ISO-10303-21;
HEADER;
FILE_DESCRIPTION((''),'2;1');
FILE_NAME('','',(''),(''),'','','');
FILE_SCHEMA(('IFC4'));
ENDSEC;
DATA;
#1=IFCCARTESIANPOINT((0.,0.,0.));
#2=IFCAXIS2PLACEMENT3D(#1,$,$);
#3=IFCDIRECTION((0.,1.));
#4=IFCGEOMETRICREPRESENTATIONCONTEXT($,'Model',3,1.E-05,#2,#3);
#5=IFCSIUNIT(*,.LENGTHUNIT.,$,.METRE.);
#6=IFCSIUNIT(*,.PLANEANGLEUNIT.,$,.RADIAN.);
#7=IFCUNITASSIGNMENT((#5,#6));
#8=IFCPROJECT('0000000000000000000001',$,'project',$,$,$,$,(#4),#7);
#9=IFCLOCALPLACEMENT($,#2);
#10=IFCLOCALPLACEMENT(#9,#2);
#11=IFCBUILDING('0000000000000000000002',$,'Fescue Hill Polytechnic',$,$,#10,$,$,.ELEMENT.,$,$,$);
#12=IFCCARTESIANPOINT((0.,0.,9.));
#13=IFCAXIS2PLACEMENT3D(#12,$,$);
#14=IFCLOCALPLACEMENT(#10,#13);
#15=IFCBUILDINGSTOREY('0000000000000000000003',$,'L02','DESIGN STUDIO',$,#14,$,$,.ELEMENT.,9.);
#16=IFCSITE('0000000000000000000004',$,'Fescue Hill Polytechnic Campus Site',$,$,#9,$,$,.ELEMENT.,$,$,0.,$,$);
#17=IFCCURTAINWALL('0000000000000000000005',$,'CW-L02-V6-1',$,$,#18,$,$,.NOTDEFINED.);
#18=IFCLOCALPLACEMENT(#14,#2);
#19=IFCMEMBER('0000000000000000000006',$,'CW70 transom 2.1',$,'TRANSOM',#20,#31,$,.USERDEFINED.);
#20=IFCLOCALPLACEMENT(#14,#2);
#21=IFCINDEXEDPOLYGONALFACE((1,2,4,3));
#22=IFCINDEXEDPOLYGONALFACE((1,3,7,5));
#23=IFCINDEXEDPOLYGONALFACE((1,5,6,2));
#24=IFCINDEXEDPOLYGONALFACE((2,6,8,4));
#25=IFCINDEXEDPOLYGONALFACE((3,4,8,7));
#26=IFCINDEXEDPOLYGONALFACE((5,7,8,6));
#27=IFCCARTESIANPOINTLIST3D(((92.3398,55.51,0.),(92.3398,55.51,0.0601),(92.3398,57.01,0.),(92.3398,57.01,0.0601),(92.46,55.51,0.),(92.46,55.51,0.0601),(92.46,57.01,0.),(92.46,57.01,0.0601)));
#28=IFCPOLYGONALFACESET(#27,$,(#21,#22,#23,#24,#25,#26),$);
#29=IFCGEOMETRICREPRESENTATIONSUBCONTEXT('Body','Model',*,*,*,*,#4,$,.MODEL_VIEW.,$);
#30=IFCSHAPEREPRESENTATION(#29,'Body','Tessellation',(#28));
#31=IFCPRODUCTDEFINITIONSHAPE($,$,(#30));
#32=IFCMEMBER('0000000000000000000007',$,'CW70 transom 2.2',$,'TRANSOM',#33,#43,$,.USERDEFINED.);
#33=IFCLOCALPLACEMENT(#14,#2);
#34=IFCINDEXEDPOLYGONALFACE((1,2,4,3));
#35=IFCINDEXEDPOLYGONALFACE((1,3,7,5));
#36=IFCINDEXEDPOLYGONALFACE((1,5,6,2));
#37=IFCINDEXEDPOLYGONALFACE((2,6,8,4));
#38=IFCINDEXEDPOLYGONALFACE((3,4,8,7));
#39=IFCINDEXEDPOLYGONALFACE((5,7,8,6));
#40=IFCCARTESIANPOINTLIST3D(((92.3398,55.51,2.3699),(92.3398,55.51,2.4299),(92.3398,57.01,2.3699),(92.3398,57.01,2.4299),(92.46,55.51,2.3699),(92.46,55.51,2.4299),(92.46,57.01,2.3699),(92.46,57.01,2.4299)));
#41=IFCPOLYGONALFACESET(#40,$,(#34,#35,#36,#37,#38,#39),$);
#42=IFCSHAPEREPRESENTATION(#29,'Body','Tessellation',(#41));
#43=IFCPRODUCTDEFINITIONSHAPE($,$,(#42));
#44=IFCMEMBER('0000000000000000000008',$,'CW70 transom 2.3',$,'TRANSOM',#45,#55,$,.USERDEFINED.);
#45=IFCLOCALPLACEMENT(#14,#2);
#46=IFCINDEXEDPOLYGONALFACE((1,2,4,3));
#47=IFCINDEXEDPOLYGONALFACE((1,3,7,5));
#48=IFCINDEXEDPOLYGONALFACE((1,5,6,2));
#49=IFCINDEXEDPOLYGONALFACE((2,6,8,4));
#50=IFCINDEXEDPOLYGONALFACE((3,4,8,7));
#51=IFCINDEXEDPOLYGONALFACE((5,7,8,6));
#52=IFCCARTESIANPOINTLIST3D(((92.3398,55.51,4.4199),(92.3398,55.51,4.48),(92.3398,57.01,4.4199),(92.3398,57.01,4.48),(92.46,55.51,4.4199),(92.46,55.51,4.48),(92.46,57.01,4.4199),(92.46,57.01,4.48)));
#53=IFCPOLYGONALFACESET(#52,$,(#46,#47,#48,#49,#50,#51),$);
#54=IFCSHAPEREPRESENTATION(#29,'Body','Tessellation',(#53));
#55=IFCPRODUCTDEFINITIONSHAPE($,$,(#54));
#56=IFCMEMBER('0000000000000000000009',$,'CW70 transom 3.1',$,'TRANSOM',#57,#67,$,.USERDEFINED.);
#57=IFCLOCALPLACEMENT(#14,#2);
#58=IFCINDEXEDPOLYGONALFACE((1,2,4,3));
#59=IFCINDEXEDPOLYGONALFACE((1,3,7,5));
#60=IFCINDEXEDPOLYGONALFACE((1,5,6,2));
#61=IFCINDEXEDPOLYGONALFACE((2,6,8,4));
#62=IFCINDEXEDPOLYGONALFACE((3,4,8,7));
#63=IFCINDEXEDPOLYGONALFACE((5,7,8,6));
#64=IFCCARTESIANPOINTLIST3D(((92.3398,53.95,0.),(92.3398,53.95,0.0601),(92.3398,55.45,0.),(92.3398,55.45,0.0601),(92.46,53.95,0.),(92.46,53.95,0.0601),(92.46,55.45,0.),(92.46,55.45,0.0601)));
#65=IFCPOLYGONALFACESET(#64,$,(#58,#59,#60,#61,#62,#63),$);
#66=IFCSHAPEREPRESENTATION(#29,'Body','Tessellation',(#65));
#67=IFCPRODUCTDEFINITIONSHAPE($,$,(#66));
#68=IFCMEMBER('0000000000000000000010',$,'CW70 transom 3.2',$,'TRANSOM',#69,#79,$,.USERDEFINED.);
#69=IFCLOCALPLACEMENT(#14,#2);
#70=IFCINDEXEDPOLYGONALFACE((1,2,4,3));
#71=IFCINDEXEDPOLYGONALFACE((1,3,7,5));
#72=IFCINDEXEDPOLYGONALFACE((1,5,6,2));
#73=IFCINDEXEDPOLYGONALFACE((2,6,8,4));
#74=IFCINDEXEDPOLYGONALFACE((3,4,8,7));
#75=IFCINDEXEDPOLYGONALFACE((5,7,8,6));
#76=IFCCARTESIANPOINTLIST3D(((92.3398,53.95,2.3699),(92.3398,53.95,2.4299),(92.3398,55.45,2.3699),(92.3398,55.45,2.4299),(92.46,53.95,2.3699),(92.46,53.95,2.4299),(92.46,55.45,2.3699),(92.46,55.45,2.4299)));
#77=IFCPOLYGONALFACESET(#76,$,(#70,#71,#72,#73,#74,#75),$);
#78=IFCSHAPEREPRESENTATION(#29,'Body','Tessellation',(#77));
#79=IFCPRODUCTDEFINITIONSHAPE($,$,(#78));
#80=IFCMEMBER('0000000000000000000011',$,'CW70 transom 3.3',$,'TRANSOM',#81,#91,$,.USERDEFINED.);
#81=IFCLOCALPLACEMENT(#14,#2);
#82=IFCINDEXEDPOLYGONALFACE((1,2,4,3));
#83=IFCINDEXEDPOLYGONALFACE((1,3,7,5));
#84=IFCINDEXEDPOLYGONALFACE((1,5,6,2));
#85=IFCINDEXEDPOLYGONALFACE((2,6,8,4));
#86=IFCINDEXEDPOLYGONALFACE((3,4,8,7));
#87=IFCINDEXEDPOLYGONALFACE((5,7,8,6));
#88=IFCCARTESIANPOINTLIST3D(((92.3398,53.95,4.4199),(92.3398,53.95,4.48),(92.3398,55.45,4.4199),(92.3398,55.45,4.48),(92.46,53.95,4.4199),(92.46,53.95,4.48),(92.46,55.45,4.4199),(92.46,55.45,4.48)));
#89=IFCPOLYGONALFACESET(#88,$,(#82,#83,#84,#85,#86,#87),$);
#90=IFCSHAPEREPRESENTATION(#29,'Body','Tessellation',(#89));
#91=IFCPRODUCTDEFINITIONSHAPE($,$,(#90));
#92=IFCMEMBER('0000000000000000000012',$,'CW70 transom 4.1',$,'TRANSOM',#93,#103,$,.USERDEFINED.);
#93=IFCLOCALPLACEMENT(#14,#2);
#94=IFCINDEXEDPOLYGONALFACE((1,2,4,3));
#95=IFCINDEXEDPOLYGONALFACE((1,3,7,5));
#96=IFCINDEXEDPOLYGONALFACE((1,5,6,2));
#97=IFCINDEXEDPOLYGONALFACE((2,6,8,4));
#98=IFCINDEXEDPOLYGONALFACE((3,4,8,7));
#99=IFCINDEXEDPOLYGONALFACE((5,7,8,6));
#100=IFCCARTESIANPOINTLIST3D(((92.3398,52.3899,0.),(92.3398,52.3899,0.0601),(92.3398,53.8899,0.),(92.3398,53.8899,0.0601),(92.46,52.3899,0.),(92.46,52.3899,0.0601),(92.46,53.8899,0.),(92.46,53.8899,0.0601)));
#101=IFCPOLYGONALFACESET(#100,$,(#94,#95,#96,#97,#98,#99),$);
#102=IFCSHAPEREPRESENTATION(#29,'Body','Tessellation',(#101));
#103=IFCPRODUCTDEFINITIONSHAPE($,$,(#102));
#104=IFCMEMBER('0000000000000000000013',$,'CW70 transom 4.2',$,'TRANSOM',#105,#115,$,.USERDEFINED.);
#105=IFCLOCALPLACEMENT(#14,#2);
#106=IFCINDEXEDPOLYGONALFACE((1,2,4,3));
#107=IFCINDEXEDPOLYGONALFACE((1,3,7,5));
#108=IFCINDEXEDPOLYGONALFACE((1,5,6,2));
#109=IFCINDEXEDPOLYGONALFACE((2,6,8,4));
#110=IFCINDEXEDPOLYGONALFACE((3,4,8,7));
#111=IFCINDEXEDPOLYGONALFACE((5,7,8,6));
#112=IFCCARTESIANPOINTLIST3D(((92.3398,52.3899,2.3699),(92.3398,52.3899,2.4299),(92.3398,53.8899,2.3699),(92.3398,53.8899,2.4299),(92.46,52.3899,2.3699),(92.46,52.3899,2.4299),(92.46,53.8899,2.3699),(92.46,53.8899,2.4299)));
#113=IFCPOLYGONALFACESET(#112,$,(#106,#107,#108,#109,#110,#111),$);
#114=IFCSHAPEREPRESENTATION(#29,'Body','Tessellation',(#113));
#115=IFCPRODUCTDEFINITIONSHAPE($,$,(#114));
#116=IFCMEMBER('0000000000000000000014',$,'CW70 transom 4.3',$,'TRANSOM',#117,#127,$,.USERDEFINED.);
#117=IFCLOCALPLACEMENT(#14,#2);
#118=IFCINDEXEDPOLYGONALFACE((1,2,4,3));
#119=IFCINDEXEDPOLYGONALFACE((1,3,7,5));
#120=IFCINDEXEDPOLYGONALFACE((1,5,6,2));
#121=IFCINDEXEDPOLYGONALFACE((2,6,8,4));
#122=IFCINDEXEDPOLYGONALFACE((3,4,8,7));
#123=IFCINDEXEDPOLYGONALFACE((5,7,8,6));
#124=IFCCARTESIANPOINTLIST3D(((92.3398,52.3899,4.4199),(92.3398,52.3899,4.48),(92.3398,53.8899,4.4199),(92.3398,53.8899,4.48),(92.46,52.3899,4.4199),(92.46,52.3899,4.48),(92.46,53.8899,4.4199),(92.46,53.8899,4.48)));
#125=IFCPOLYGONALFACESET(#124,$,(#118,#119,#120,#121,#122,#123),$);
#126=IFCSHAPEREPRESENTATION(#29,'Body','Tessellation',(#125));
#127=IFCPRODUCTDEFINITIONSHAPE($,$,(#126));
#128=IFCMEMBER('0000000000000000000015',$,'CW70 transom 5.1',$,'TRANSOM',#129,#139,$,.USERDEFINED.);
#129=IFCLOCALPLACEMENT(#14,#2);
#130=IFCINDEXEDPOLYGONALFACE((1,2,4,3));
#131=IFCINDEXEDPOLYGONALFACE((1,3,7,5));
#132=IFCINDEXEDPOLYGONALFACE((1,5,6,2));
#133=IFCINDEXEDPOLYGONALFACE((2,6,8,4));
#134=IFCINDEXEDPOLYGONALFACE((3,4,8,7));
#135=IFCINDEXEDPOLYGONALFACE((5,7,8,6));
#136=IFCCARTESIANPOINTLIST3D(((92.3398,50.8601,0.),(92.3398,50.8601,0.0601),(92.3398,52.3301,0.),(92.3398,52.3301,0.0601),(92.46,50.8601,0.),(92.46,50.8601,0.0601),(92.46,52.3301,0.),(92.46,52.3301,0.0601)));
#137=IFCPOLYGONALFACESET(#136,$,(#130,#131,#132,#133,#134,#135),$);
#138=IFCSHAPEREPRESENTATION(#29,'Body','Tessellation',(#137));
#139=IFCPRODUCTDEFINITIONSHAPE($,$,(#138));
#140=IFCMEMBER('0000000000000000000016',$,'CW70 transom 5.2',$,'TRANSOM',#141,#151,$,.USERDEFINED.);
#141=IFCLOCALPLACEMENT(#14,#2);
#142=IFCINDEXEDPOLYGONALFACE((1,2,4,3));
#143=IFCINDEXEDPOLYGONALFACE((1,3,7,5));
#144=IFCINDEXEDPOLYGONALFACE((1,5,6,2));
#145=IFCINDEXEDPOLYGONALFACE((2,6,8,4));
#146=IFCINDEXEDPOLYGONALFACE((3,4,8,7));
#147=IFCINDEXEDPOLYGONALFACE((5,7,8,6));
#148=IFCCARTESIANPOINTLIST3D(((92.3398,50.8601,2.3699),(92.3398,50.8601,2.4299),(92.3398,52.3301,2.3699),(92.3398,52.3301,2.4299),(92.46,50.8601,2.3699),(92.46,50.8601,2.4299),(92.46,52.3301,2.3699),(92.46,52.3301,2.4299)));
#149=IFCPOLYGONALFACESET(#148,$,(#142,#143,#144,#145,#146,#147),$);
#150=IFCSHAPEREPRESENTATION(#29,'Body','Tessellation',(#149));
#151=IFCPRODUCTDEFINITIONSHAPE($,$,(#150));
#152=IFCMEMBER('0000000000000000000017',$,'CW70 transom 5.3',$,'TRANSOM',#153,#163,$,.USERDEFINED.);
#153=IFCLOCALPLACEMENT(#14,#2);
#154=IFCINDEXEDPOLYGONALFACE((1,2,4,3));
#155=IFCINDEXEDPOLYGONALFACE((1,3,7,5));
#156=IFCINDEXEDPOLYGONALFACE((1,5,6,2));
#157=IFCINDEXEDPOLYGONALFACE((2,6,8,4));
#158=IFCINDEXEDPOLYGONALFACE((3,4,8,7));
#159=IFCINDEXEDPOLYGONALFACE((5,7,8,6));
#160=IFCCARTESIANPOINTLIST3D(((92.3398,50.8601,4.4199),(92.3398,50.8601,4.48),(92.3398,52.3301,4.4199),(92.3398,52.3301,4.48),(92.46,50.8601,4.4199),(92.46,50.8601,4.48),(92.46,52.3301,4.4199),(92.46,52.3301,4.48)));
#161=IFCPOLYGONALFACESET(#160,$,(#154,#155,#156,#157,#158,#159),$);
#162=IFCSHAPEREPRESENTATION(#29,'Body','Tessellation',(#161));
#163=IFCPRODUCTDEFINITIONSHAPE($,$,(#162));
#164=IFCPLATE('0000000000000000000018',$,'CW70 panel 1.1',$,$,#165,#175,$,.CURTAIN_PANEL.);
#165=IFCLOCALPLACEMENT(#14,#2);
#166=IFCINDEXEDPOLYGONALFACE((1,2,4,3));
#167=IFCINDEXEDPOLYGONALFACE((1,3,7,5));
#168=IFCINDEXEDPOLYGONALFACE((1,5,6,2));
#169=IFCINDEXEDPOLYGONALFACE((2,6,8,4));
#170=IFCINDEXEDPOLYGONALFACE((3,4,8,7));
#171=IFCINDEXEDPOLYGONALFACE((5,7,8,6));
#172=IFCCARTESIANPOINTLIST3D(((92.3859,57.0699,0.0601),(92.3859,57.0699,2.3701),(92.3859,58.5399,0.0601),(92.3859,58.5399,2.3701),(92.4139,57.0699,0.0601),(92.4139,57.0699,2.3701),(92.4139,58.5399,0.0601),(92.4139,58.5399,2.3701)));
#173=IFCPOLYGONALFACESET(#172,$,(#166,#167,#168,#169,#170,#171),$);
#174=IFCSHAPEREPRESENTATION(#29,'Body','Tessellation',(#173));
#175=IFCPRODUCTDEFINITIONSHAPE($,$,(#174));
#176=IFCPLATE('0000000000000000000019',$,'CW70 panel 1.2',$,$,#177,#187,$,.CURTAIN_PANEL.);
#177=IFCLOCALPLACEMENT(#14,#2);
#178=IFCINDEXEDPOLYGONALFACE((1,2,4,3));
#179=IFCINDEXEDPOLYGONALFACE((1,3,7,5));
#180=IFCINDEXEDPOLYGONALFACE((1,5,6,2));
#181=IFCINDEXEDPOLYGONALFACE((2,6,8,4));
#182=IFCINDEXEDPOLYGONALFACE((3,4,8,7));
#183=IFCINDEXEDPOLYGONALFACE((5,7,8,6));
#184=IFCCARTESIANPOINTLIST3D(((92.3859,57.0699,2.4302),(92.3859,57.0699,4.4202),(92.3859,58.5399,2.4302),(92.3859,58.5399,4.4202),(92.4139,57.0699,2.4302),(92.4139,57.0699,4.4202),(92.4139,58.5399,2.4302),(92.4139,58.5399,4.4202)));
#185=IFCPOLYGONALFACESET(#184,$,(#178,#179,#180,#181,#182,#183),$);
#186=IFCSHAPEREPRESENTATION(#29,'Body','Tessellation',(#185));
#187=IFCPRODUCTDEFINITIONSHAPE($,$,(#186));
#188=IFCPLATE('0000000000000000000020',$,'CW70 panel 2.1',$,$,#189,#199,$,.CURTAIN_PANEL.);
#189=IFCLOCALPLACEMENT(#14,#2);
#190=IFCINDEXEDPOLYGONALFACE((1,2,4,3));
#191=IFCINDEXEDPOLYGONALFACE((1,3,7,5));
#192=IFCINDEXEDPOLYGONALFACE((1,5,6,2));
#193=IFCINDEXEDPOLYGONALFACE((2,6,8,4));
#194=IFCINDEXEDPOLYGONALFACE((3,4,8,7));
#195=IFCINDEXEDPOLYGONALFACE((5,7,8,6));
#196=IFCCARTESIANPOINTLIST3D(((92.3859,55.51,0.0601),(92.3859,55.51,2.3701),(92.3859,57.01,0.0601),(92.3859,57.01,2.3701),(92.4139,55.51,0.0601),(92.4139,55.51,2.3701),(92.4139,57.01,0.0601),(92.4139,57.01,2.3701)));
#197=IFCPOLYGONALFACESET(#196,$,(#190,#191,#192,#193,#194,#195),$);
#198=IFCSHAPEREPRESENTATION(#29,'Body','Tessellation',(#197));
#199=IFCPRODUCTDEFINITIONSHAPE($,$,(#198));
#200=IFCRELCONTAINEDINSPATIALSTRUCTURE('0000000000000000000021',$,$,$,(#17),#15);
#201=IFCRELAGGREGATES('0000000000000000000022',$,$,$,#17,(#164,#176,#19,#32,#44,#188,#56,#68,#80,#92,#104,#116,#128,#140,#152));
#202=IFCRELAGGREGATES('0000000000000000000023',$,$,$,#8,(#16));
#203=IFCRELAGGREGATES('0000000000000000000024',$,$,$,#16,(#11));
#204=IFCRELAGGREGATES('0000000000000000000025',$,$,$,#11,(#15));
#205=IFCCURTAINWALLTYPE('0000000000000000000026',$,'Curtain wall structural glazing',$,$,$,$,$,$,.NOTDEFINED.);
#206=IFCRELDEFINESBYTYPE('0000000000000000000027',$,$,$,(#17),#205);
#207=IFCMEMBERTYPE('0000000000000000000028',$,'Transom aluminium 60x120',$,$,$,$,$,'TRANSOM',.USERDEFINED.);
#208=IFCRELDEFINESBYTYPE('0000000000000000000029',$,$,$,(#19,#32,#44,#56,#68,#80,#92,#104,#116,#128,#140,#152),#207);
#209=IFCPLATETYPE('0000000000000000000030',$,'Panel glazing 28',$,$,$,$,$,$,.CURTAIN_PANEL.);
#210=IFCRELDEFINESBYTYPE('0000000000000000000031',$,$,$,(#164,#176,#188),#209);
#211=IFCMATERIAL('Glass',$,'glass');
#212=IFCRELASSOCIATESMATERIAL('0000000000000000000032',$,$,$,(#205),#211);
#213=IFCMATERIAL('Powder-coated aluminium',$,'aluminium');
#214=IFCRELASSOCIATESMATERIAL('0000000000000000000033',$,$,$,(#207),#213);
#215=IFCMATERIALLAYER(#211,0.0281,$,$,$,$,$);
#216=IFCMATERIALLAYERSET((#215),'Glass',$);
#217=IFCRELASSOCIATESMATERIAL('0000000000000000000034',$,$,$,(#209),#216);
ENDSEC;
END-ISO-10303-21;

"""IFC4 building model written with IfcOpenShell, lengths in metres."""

from ifc_helpers import new_model, si_unit, direction, frame, origin, origin_2d, place, context, subcontext, project, spatial, rectangle, extrude, material, layer, layer_set, material_profile, profile_set, type_object, element, aggregate, save


model = new_model("IFC4")

# Units and contexts
model_context = context("Model", 3, precision=1e-05, world=origin(), true_north=direction((0.0, 1.0)))
body_context = subcontext(model_context, "Body", "Model", "MODEL_VIEW")
ifc_project = project(units=[si_unit("LENGTHUNIT", "METRE"), si_unit("PLANEANGLEUNIT", "RADIAN")], contexts=[model_context])

# Site, building, storey
site_placement = place(None, origin())
site = spatial("IfcSite", under=ifc_project, at=site_placement, Name="Fescue Hill Polytechnic Campus Site", CompositionType="ELEMENT", RefElevation=0.0)
building_placement = place(site_placement, origin())
building = spatial("IfcBuilding", under=site, at=building_placement, Name="Fescue Hill Polytechnic", CompositionType="ELEMENT")
storey_placement = place(building_placement, frame((0.0, 0.0, 9.0)))
storey = spatial("IfcBuildingStorey", under=building, at=storey_placement, Name="L02", Description="DESIGN STUDIO", CompositionType="ELEMENT", Elevation=9.0)

# Curtain wall, members, plates
ifc_material_1 = material(Name="Glass", Category="glass")
curtain_wall_type = type_object("IfcCurtainWallType", Name="Curtain wall structural glazing", PredefinedType="NOTDEFINED", material=ifc_material_1)
curtain_wall_placement = place(storey_placement, origin())
curtain_wall = element("IfcCurtainWall", 1, at=curtain_wall_placement, inside=storey, type_object=curtain_wall_type, Name="CW-L02-V6-1", PredefinedType="NOTDEFINED")
ifc_material_2 = material(Name="Powder-coated aluminium", Category="aluminium")
ifc_material_profile_1 = material_profile(ifc_material_2, rectangle(XDim=0.1201, YDim=0.0601, at=origin_2d()), Name="Transom aluminium 60x120")
ifc_profile_set_1 = profile_set([ifc_material_profile_1], Name="Powder-coated aluminium")
member_type_1 = type_object("IfcMemberType", Name="Transom aluminium 60x120", ElementType="TRANSOM", PredefinedType="USERDEFINED", material=ifc_profile_set_1)
member_1_placement = place(storey_placement, frame((92.3999, 57.01, 0.03), z_axis=(0.0, -1.0, 0.0), x_axis=(1.0, 0.0, 0.0)))
member_1 = element("IfcMember", 2, at=member_1_placement, type_object=member_type_1, Name="CW70 transom 2.1", ObjectType="TRANSOM", PredefinedType="USERDEFINED", context=body_context, shape_type="SweptSolid", body=[
    extrude(rectangle(XDim=0.1201, YDim=0.0601, at=origin_2d()), origin(), (0.0, 0.0, 1.0), 1.5),
])
member_2_placement = place(storey_placement, frame((92.3999, 57.01, 2.3999), z_axis=(0.0, -1.0, 0.0), x_axis=(1.0, 0.0, 0.0)))
member_2 = element("IfcMember", 3, at=member_2_placement, type_object=member_type_1, Name="CW70 transom 2.2", ObjectType="TRANSOM", PredefinedType="USERDEFINED", context=body_context, shape_type="SweptSolid", body=[
    extrude(rectangle(XDim=0.1201, YDim=0.0601, at=origin_2d()), origin(), (0.0, 0.0, 1.0), 1.5),
])
member_3_placement = place(storey_placement, frame((92.3999, 57.01, 4.45), z_axis=(0.0, -1.0, 0.0), x_axis=(1.0, 0.0, 0.0)))
member_3 = element("IfcMember", 4, at=member_3_placement, type_object=member_type_1, Name="CW70 transom 2.3", ObjectType="TRANSOM", PredefinedType="USERDEFINED", context=body_context, shape_type="SweptSolid", body=[
    extrude(rectangle(XDim=0.1201, YDim=0.0601, at=origin_2d()), origin(), (0.0, 0.0, 1.0), 1.5),
])
member_4_placement = place(storey_placement, frame((92.3999, 55.45, 0.03), z_axis=(0.0, -1.0, 0.0), x_axis=(1.0, 0.0, 0.0)))
member_4 = element("IfcMember", 5, at=member_4_placement, type_object=member_type_1, Name="CW70 transom 3.1", ObjectType="TRANSOM", PredefinedType="USERDEFINED", context=body_context, shape_type="SweptSolid", body=[
    extrude(rectangle(XDim=0.1201, YDim=0.0601, at=origin_2d()), origin(), (0.0, 0.0, 1.0), 1.5),
])
member_5_placement = place(storey_placement, frame((92.3999, 55.45, 2.3999), z_axis=(0.0, -1.0, 0.0), x_axis=(1.0, 0.0, 0.0)))
member_5 = element("IfcMember", 6, at=member_5_placement, type_object=member_type_1, Name="CW70 transom 3.2", ObjectType="TRANSOM", PredefinedType="USERDEFINED", context=body_context, shape_type="SweptSolid", body=[
    extrude(rectangle(XDim=0.1201, YDim=0.0601, at=origin_2d()), origin(), (0.0, 0.0, 1.0), 1.5),
])
member_6_placement = place(storey_placement, frame((92.3999, 55.45, 4.45), z_axis=(0.0, -1.0, 0.0), x_axis=(1.0, 0.0, 0.0)))
member_6 = element("IfcMember", 7, at=member_6_placement, type_object=member_type_1, Name="CW70 transom 3.3", ObjectType="TRANSOM", PredefinedType="USERDEFINED", context=body_context, shape_type="SweptSolid", body=[
    extrude(rectangle(XDim=0.1201, YDim=0.0601, at=origin_2d()), origin(), (0.0, 0.0, 1.0), 1.5),
])
member_7_placement = place(storey_placement, frame((92.3999, 53.8899, 0.03), z_axis=(0.0, -1.0, 0.0), x_axis=(1.0, 0.0, 0.0)))
member_7 = element("IfcMember", 8, at=member_7_placement, type_object=member_type_1, Name="CW70 transom 4.1", ObjectType="TRANSOM", PredefinedType="USERDEFINED", context=body_context, shape_type="SweptSolid", body=[
    extrude(rectangle(XDim=0.1201, YDim=0.0601, at=origin_2d()), origin(), (0.0, 0.0, 1.0), 1.5),
])
member_8_placement = place(storey_placement, frame((92.3999, 53.8899, 2.3999), z_axis=(0.0, -1.0, 0.0), x_axis=(1.0, 0.0, 0.0)))
member_8 = element("IfcMember", 9, at=member_8_placement, type_object=member_type_1, Name="CW70 transom 4.2", ObjectType="TRANSOM", PredefinedType="USERDEFINED", context=body_context, shape_type="SweptSolid", body=[
    extrude(rectangle(XDim=0.1201, YDim=0.0601, at=origin_2d()), origin(), (0.0, 0.0, 1.0), 1.5),
])
member_9_placement = place(storey_placement, frame((92.3999, 53.8899, 4.45), z_axis=(0.0, -1.0, 0.0), x_axis=(1.0, 0.0, 0.0)))
member_9 = element("IfcMember", 10, at=member_9_placement, type_object=member_type_1, Name="CW70 transom 4.3", ObjectType="TRANSOM", PredefinedType="USERDEFINED", context=body_context, shape_type="SweptSolid", body=[
    extrude(rectangle(XDim=0.1201, YDim=0.0601, at=origin_2d()), origin(), (0.0, 0.0, 1.0), 1.5),
])
member_10_placement = place(storey_placement, frame((92.3999, 52.3301, 0.03), z_axis=(0.0, -1.0, 0.0), x_axis=(1.0, 0.0, 0.0)))
member_10 = element("IfcMember", 11, at=member_10_placement, type_object=member_type_1, Name="CW70 transom 5.1", ObjectType="TRANSOM", PredefinedType="USERDEFINED", context=body_context, shape_type="SweptSolid", body=[
    extrude(rectangle(XDim=0.1201, YDim=0.0601, at=origin_2d()), origin(), (0.0, 0.0, 1.0), 1.47),
])
member_11_placement = place(storey_placement, frame((92.3999, 52.3301, 2.3999), z_axis=(0.0, -1.0, 0.0), x_axis=(1.0, 0.0, 0.0)))
member_11 = element("IfcMember", 12, at=member_11_placement, type_object=member_type_1, Name="CW70 transom 5.2", ObjectType="TRANSOM", PredefinedType="USERDEFINED", context=body_context, shape_type="SweptSolid", body=[
    extrude(rectangle(XDim=0.1201, YDim=0.0601, at=origin_2d()), origin(), (0.0, 0.0, 1.0), 1.47),
])
member_12_placement = place(storey_placement, frame((92.3999, 52.3301, 4.45), z_axis=(0.0, -1.0, 0.0), x_axis=(1.0, 0.0, 0.0)))
member_12 = element("IfcMember", 13, at=member_12_placement, type_object=member_type_1, Name="CW70 transom 5.3", ObjectType="TRANSOM", PredefinedType="USERDEFINED", context=body_context, shape_type="SweptSolid", body=[
    extrude(rectangle(XDim=0.1201, YDim=0.0601, at=origin_2d()), origin(), (0.0, 0.0, 1.0), 1.47),
])
ifc_layer_1 = layer(ifc_material_1, 0.0281)
ifc_layer_set_1 = layer_set([ifc_layer_1], Name="Glass")
plate_type = type_object("IfcPlateType", Name="Panel glazing 28", PredefinedType="CURTAIN_PANEL", material=ifc_layer_set_1)
plate_1_placement = place(storey_placement, frame((92.3999, 57.8049, 0.0601), z_axis=(0.0, 0.0, 1.0), x_axis=(0.0, -1.0, 0.0)))
plate_1 = element("IfcPlate", 14, at=plate_1_placement, type_object=plate_type, Name="CW70 panel 1.1", PredefinedType="CURTAIN_PANEL", context=body_context, shape_type="SweptSolid", body=[
    extrude(rectangle(XDim=1.47, YDim=0.0281, at=origin_2d()), origin(), (0.0, 0.0, 1.0), 2.3101),
])
plate_2_placement = place(storey_placement, frame((92.3999, 57.8049, 2.4302), z_axis=(0.0, 0.0, 1.0), x_axis=(0.0, -1.0, 0.0)))
plate_2 = element("IfcPlate", 15, at=plate_2_placement, type_object=plate_type, Name="CW70 panel 1.2", PredefinedType="CURTAIN_PANEL", context=body_context, shape_type="SweptSolid", body=[
    extrude(rectangle(XDim=1.47, YDim=0.0281, at=origin_2d()), origin(), (0.0, 0.0, 1.0), 1.99),
])
plate_3_placement = place(storey_placement, frame((92.3999, 56.26, 0.0601), z_axis=(0.0, 0.0, 1.0), x_axis=(0.0, -1.0, 0.0)))
plate_3 = element("IfcPlate", 16, at=plate_3_placement, type_object=plate_type, Name="CW70 panel 2.1", PredefinedType="CURTAIN_PANEL", context=body_context, shape_type="SweptSolid", body=[
    extrude(rectangle(XDim=1.5, YDim=0.0281, at=origin_2d()), origin(), (0.0, 0.0, 1.0), 2.3101),
])
aggregate(curtain_wall, [plate_1, plate_2, member_1, member_2, member_3, plate_3, member_4, member_5, member_6, member_7, member_8, member_9, member_10, member_11, member_12])

save(model, "model.ifc")
